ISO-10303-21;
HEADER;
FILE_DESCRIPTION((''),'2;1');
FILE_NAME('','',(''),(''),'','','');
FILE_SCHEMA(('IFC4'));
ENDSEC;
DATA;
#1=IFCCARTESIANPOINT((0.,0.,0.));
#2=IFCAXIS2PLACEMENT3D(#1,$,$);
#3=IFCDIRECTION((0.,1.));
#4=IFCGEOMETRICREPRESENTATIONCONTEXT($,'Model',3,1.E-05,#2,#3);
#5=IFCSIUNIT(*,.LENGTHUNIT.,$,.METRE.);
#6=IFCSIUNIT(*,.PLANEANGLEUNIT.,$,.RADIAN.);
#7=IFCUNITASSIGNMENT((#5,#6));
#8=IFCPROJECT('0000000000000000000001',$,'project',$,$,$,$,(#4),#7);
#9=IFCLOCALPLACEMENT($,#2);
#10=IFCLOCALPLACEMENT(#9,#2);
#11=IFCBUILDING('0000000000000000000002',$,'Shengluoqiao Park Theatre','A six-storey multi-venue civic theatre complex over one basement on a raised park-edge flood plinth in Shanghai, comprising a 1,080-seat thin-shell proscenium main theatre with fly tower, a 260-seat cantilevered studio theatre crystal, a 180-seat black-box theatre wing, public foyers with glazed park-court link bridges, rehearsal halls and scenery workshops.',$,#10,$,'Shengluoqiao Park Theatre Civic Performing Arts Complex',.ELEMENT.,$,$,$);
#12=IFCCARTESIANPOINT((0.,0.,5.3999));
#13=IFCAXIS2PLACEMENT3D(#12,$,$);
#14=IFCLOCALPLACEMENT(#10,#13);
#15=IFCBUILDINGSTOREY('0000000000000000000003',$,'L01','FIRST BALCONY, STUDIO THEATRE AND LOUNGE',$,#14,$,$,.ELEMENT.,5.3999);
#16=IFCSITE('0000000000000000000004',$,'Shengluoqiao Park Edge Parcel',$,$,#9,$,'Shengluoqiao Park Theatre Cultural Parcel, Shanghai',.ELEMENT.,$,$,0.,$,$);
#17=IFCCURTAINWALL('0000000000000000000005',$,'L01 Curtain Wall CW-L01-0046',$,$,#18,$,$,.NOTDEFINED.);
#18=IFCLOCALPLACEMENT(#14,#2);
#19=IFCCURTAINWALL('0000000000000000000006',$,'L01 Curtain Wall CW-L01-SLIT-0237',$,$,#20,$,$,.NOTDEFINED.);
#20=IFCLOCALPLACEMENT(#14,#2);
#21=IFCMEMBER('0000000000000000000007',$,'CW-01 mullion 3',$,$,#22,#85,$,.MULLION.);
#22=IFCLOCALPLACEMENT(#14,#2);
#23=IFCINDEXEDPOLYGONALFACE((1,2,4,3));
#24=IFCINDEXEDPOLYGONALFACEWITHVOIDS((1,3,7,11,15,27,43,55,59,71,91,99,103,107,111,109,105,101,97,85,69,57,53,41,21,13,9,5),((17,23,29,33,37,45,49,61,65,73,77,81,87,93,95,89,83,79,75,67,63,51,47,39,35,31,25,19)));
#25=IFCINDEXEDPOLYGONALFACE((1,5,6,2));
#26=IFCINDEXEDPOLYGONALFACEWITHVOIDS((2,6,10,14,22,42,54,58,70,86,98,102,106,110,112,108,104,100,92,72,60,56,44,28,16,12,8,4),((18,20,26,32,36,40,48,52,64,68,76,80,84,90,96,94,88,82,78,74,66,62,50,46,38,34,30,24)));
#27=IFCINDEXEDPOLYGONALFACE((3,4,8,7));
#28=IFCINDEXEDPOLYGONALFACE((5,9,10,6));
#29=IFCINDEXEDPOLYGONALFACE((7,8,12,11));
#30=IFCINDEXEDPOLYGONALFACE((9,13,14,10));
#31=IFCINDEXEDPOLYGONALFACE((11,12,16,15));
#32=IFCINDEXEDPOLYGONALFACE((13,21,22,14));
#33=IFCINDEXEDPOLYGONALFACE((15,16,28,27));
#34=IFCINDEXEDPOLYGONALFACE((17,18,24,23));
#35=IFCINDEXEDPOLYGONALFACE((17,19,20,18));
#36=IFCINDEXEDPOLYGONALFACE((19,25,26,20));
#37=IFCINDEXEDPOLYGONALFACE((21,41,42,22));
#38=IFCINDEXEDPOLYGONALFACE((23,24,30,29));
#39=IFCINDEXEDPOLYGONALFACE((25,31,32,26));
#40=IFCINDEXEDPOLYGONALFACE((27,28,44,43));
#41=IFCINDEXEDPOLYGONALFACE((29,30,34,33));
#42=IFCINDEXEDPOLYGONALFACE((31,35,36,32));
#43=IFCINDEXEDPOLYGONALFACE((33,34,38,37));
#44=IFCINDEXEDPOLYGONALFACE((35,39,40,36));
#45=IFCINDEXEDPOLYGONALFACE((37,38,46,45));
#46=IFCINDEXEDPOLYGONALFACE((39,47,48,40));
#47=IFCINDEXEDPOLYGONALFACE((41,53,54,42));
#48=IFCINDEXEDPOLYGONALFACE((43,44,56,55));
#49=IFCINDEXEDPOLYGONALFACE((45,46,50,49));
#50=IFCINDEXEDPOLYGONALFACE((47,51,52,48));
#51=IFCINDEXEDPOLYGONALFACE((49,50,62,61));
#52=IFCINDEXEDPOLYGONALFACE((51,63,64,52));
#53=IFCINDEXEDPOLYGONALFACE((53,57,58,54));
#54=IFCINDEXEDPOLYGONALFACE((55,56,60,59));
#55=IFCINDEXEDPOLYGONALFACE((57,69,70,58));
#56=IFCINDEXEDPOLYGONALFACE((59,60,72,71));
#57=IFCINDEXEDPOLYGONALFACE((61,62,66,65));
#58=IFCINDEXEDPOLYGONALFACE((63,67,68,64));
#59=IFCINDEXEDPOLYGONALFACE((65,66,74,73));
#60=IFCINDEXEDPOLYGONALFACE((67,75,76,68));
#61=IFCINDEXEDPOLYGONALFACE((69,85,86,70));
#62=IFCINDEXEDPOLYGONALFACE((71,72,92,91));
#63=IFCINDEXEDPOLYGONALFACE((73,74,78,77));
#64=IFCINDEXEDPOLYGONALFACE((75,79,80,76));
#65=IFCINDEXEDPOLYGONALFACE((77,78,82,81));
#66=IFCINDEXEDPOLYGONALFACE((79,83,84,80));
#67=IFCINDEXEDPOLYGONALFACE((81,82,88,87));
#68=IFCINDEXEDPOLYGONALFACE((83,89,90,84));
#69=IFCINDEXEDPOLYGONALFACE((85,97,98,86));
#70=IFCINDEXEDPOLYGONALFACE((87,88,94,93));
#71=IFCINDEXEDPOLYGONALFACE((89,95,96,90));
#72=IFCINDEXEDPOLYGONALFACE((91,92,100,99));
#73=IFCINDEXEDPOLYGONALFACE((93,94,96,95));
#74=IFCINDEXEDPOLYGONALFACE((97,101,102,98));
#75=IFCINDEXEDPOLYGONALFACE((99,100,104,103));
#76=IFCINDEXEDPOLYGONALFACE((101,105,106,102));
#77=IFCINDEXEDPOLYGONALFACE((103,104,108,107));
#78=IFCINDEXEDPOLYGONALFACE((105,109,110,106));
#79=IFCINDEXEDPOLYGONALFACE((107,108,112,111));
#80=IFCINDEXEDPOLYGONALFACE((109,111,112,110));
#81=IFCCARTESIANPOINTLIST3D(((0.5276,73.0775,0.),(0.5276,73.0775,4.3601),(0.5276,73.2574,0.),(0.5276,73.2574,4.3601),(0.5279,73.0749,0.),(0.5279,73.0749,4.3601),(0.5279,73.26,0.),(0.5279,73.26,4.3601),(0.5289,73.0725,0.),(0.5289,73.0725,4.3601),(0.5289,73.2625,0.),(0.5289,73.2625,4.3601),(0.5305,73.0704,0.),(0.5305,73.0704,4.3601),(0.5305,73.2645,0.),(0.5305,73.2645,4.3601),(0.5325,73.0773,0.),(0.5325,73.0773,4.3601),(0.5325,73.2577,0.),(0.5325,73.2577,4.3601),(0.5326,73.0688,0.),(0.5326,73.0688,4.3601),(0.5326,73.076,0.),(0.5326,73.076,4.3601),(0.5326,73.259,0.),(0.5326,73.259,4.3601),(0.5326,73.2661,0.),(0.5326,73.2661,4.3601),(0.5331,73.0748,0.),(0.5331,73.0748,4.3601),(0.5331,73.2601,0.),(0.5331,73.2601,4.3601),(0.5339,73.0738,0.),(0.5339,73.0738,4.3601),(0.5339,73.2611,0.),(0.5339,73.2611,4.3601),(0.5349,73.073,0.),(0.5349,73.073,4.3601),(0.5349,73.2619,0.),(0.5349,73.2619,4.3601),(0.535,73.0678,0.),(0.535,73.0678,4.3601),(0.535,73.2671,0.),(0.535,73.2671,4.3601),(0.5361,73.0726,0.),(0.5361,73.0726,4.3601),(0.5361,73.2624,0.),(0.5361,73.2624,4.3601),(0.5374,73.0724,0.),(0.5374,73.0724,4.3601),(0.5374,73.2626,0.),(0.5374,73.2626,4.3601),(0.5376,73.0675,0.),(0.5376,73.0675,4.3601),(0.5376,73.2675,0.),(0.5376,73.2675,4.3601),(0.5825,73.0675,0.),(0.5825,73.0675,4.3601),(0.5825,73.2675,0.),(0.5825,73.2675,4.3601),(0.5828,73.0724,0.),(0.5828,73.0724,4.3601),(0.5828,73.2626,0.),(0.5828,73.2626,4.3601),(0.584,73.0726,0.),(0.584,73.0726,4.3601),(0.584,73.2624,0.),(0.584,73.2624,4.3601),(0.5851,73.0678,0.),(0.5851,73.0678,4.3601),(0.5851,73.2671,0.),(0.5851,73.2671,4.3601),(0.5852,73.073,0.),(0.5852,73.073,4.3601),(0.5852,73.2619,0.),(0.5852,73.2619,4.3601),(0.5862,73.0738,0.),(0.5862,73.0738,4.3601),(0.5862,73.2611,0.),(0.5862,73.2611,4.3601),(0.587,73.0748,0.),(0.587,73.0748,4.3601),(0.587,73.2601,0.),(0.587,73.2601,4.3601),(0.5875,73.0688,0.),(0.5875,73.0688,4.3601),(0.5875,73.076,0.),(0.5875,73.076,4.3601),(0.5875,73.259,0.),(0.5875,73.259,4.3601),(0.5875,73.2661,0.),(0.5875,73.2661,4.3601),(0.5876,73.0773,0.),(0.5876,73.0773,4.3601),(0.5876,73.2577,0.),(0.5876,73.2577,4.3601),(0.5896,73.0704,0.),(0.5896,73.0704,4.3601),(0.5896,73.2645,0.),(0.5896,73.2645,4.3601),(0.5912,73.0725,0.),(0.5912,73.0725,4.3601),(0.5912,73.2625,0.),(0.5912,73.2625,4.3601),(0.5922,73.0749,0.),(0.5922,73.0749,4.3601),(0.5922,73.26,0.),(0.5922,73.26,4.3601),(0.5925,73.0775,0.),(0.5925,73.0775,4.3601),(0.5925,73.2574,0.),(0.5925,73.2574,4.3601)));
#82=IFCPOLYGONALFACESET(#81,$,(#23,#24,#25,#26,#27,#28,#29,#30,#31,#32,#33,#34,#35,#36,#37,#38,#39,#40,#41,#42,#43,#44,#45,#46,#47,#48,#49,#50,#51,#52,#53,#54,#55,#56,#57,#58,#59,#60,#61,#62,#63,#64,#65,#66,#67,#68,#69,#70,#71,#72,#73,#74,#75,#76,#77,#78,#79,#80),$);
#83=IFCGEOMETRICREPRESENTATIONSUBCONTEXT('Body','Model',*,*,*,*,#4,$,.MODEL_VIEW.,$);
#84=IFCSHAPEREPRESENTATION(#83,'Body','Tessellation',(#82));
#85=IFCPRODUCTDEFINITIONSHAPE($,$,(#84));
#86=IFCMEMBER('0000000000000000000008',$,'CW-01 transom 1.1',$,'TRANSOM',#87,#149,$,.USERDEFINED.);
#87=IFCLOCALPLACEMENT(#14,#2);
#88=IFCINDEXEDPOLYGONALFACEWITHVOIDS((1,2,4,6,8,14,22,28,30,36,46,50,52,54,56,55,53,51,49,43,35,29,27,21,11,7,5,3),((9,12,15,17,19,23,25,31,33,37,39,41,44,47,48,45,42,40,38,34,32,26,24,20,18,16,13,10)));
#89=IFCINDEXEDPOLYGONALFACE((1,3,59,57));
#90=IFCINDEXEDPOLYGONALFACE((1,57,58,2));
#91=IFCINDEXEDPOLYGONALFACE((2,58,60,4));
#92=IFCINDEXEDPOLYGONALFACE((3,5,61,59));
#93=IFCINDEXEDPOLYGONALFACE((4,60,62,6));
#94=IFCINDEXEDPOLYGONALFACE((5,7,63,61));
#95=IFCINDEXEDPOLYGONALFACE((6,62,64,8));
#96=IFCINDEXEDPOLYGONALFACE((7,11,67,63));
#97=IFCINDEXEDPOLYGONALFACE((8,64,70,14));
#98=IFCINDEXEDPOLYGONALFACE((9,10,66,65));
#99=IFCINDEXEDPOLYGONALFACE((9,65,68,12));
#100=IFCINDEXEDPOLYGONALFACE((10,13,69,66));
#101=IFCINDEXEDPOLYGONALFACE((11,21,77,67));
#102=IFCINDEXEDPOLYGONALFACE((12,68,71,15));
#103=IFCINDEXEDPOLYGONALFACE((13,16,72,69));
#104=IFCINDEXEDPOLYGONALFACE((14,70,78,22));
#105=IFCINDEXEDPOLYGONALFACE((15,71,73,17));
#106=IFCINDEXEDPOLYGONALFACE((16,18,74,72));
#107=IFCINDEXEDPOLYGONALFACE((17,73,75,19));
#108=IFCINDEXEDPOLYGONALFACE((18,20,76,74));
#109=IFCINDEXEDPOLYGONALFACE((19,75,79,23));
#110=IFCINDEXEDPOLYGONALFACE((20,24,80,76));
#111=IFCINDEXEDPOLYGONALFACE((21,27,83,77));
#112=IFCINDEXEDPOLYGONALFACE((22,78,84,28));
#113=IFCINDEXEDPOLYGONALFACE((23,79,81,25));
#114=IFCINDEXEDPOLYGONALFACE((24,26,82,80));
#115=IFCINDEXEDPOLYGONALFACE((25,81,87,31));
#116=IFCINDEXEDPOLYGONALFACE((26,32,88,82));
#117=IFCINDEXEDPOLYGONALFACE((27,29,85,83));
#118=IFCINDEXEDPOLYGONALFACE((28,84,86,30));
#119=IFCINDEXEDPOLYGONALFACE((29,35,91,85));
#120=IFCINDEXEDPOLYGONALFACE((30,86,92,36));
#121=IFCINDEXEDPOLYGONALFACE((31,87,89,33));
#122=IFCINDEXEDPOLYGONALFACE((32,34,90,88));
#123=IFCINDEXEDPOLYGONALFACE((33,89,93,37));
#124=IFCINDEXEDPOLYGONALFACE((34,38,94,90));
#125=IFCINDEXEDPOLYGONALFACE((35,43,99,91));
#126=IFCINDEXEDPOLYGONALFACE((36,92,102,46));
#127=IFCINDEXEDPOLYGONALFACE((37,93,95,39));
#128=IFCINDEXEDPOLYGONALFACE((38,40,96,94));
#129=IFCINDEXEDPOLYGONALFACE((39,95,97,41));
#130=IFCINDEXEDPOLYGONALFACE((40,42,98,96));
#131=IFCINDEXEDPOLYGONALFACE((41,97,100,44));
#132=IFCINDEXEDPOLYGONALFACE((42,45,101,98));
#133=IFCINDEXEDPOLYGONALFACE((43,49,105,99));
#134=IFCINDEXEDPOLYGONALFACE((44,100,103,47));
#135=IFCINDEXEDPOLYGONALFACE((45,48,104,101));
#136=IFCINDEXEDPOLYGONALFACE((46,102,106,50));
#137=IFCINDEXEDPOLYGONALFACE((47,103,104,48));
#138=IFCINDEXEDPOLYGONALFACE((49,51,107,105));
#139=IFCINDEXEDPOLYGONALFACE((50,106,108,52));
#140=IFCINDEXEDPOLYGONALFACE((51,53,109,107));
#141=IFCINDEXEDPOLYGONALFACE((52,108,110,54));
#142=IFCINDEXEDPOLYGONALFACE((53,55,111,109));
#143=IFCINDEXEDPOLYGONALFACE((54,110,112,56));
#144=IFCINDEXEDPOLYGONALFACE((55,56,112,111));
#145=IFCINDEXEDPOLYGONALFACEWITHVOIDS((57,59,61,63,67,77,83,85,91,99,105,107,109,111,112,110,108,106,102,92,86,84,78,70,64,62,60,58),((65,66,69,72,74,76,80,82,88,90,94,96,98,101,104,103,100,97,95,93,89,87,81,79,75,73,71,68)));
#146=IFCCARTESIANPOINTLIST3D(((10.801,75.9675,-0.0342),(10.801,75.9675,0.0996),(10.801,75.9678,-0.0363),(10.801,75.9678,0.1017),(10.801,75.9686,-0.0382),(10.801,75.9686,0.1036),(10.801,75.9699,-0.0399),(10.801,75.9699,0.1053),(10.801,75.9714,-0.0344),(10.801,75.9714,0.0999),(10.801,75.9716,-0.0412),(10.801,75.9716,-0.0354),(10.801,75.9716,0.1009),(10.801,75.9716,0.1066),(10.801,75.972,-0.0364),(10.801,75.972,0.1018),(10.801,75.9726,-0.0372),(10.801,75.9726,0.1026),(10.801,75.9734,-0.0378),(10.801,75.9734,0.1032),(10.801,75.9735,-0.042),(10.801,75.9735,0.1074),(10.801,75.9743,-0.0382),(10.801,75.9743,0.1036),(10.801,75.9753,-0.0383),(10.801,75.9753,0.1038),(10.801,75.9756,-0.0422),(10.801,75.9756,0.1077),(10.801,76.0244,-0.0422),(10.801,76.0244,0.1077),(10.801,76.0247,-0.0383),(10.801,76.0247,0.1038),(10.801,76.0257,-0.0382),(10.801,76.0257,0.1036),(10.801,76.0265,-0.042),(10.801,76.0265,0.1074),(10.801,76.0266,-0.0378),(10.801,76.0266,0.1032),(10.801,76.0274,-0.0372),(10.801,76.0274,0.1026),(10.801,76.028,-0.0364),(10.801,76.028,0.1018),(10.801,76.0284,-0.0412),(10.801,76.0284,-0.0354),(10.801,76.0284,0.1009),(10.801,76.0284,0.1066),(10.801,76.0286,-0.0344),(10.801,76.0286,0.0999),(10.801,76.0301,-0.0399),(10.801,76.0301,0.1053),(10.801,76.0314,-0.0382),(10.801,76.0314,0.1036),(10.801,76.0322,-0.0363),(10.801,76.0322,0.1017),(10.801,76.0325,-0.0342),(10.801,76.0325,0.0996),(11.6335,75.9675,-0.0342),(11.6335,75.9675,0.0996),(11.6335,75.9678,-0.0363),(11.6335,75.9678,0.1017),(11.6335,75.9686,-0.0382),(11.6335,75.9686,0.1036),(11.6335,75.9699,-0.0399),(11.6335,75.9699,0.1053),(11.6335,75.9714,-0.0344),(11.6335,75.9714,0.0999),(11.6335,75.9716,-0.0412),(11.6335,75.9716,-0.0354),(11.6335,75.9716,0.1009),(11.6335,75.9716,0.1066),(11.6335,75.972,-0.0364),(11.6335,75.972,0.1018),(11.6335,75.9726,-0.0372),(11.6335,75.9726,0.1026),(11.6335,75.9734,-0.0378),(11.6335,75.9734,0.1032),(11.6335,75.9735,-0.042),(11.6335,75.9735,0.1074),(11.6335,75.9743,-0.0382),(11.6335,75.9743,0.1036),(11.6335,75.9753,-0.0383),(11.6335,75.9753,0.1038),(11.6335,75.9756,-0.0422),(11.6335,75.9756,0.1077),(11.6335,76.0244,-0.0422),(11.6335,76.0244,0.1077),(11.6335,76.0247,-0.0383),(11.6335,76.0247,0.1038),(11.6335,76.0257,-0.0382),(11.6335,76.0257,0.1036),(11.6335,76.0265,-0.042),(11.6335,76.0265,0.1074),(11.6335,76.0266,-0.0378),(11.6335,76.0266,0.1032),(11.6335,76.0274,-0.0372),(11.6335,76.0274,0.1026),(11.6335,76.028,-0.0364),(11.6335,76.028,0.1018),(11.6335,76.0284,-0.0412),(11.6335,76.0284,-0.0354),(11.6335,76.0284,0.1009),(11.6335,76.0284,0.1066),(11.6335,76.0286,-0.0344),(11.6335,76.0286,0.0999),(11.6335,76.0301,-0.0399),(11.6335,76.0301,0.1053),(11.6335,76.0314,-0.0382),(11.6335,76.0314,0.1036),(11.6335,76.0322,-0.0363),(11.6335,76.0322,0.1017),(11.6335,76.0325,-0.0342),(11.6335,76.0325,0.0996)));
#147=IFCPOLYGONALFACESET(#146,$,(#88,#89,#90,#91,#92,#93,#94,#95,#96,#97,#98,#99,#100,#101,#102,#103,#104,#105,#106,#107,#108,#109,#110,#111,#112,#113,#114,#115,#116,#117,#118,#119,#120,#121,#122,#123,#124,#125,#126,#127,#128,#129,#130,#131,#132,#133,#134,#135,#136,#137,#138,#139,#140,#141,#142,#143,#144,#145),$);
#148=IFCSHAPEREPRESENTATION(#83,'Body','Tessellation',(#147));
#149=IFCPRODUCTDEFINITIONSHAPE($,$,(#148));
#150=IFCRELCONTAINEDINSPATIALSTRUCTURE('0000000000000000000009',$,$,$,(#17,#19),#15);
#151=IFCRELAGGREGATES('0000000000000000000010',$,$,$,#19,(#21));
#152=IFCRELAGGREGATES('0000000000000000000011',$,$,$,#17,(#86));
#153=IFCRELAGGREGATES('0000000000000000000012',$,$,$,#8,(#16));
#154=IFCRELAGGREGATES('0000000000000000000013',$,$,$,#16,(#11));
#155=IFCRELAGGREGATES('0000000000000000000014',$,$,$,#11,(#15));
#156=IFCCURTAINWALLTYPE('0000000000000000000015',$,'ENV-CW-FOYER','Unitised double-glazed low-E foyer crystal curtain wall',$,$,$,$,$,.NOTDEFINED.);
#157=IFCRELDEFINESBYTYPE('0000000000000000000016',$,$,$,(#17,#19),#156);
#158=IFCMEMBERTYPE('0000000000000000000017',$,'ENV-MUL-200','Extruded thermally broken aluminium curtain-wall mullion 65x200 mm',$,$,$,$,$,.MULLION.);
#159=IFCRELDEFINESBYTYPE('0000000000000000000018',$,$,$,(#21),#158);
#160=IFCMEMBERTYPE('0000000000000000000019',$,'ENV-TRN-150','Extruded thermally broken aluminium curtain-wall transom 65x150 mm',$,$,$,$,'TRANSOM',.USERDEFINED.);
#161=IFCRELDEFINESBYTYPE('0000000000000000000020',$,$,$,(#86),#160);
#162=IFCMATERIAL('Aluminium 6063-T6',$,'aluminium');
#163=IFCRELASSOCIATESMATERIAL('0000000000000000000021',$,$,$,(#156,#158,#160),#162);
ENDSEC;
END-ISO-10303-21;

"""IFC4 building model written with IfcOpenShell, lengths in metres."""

from ifc_helpers import new_model, si_unit, direction, frame, origin, origin_2d, place, context, subcontext, project, spatial, hollow_rectangle, extrude, material, material_profile, profile_set, type_object, element, aggregate, save


model = new_model("IFC4")

# Units and contexts
model_context = context("Model", 3, precision=1e-05, world=origin(), true_north=direction((0.0, 1.0)))
body_context = subcontext(model_context, "Body", "Model", "MODEL_VIEW")
ifc_project = project(units=[si_unit("LENGTHUNIT", "METRE"), si_unit("PLANEANGLEUNIT", "RADIAN")], contexts=[model_context])

# Site, building, storey
site_placement = place(None, origin())
site = spatial("IfcSite", under=ifc_project, at=site_placement, Name="Shengluoqiao Park Edge Parcel", LongName="Shengluoqiao Park Theatre Cultural Parcel, Shanghai", CompositionType="ELEMENT", RefElevation=0.0)
building_placement = place(site_placement, origin())
building = spatial("IfcBuilding", under=site, at=building_placement, Name="Shengluoqiao Park Theatre", Description="A six-storey multi-venue civic theatre complex over one basement on a raised park-edge flood plinth in Shanghai, comprising a 1,080-seat thin-shell proscenium main theatre with fly tower, a 260-seat cantilevered studio theatre crystal, a 180-seat black-box theatre wing, public foyers with glazed park-court link bridges, rehearsal halls and scenery workshops.", LongName="Shengluoqiao Park Theatre Civic Performing Arts Complex", CompositionType="ELEMENT")
storey_placement = place(building_placement, frame((0.0, 0.0, 5.3999)))
storey = spatial("IfcBuildingStorey", under=building, at=storey_placement, Name="L01", Description="FIRST BALCONY, STUDIO THEATRE AND LOUNGE", CompositionType="ELEMENT", Elevation=5.3999)

# Curtain wall
ifc_material_1 = material(Name="Aluminium 6063-T6", Category="aluminium")
curtain_wall_type = type_object("IfcCurtainWallType", Name="ENV-CW-FOYER", Description="Unitised double-glazed low-E foyer crystal curtain wall", PredefinedType="NOTDEFINED", material=ifc_material_1)
curtain_wall_1_placement = place(storey_placement, origin())
curtain_wall_1 = element("IfcCurtainWall", 1, at=curtain_wall_1_placement, inside=storey, type_object=curtain_wall_type, Name="L01 Curtain Wall CW-L01-0046", PredefinedType="NOTDEFINED")
ifc_material_profile_1 = material_profile(ifc_material_1, hollow_rectangle(XDim=0.0649, YDim=0.2, WallThickness=0.0049, InnerFilletRadius=0.0049, OuterFilletRadius=0.01, at=origin_2d()), Name="ALU MULLION 200x65x5")
ifc_profile_set_1 = profile_set([ifc_material_profile_1], Name="Aluminium 6063-T6")
member_type_1 = type_object("IfcMemberType", Name="ENV-MUL-200", Description="Extruded thermally broken aluminium curtain-wall mullion 65x200 mm", PredefinedType="MULLION", material=ifc_profile_set_1)

# Curtain wall, member
curtain_wall_2_placement = place(storey_placement, origin())
curtain_wall_2 = element("IfcCurtainWall", 2, at=curtain_wall_2_placement, inside=storey, type_object=curtain_wall_type, Name="L01 Curtain Wall CW-L01-SLIT-0237", PredefinedType="NOTDEFINED")
member_1_placement = place(storey_placement, frame((0.5601, 73.1675, 0.0), z_axis=(0.0, 0.0, 1.0), x_axis=(-1.0, 0.0, 0.0)))
member_1 = element("IfcMember", 3, at=member_1_placement, type_object=member_type_1, Name="CW-01 mullion 3", PredefinedType="MULLION", context=body_context, shape_type="SweptSolid", body=[
    extrude(hollow_rectangle(XDim=0.0649, YDim=0.2, WallThickness=0.0049, InnerFilletRadius=0.0049, OuterFilletRadius=0.01, at=origin_2d()), origin(), (0.0, 0.0, 1.0), 4.3601),
])
aggregate(curtain_wall_2, [member_1])

# Member
ifc_material_profile_2 = material_profile(ifc_material_1, hollow_rectangle(XDim=0.0649, YDim=0.1499, WallThickness=0.0039, InnerFilletRadius=0.0039, OuterFilletRadius=0.0081, at=origin_2d()), Name="ALU TRANSOM 150x65x4")
ifc_profile_set_2 = profile_set([ifc_material_profile_2], Name="Aluminium 6063-T6")
member_type_2 = type_object("IfcMemberType", Name="ENV-TRN-150", Description="Extruded thermally broken aluminium curtain-wall transom 65x150 mm", ElementType="TRANSOM", PredefinedType="USERDEFINED", material=ifc_profile_set_2)
member_2_placement = place(storey_placement, frame((10.801, 76.0, 0.0327), z_axis=(1.0, 0.0, 0.0), x_axis=(0.0, 1.0, 0.0)))
member_2 = element("IfcMember", 4, at=member_2_placement, type_object=member_type_2, Name="CW-01 transom 1.1", ObjectType="TRANSOM", PredefinedType="USERDEFINED", context=body_context, shape_type="SweptSolid", body=[
    extrude(hollow_rectangle(XDim=0.0649, YDim=0.1499, WallThickness=0.0039, InnerFilletRadius=0.0039, OuterFilletRadius=0.0081, at=origin_2d()), origin(), (0.0, 0.0, 1.0), 0.8325),
])

aggregate(curtain_wall_1, [member_2])

save(model, "model.ifc")
